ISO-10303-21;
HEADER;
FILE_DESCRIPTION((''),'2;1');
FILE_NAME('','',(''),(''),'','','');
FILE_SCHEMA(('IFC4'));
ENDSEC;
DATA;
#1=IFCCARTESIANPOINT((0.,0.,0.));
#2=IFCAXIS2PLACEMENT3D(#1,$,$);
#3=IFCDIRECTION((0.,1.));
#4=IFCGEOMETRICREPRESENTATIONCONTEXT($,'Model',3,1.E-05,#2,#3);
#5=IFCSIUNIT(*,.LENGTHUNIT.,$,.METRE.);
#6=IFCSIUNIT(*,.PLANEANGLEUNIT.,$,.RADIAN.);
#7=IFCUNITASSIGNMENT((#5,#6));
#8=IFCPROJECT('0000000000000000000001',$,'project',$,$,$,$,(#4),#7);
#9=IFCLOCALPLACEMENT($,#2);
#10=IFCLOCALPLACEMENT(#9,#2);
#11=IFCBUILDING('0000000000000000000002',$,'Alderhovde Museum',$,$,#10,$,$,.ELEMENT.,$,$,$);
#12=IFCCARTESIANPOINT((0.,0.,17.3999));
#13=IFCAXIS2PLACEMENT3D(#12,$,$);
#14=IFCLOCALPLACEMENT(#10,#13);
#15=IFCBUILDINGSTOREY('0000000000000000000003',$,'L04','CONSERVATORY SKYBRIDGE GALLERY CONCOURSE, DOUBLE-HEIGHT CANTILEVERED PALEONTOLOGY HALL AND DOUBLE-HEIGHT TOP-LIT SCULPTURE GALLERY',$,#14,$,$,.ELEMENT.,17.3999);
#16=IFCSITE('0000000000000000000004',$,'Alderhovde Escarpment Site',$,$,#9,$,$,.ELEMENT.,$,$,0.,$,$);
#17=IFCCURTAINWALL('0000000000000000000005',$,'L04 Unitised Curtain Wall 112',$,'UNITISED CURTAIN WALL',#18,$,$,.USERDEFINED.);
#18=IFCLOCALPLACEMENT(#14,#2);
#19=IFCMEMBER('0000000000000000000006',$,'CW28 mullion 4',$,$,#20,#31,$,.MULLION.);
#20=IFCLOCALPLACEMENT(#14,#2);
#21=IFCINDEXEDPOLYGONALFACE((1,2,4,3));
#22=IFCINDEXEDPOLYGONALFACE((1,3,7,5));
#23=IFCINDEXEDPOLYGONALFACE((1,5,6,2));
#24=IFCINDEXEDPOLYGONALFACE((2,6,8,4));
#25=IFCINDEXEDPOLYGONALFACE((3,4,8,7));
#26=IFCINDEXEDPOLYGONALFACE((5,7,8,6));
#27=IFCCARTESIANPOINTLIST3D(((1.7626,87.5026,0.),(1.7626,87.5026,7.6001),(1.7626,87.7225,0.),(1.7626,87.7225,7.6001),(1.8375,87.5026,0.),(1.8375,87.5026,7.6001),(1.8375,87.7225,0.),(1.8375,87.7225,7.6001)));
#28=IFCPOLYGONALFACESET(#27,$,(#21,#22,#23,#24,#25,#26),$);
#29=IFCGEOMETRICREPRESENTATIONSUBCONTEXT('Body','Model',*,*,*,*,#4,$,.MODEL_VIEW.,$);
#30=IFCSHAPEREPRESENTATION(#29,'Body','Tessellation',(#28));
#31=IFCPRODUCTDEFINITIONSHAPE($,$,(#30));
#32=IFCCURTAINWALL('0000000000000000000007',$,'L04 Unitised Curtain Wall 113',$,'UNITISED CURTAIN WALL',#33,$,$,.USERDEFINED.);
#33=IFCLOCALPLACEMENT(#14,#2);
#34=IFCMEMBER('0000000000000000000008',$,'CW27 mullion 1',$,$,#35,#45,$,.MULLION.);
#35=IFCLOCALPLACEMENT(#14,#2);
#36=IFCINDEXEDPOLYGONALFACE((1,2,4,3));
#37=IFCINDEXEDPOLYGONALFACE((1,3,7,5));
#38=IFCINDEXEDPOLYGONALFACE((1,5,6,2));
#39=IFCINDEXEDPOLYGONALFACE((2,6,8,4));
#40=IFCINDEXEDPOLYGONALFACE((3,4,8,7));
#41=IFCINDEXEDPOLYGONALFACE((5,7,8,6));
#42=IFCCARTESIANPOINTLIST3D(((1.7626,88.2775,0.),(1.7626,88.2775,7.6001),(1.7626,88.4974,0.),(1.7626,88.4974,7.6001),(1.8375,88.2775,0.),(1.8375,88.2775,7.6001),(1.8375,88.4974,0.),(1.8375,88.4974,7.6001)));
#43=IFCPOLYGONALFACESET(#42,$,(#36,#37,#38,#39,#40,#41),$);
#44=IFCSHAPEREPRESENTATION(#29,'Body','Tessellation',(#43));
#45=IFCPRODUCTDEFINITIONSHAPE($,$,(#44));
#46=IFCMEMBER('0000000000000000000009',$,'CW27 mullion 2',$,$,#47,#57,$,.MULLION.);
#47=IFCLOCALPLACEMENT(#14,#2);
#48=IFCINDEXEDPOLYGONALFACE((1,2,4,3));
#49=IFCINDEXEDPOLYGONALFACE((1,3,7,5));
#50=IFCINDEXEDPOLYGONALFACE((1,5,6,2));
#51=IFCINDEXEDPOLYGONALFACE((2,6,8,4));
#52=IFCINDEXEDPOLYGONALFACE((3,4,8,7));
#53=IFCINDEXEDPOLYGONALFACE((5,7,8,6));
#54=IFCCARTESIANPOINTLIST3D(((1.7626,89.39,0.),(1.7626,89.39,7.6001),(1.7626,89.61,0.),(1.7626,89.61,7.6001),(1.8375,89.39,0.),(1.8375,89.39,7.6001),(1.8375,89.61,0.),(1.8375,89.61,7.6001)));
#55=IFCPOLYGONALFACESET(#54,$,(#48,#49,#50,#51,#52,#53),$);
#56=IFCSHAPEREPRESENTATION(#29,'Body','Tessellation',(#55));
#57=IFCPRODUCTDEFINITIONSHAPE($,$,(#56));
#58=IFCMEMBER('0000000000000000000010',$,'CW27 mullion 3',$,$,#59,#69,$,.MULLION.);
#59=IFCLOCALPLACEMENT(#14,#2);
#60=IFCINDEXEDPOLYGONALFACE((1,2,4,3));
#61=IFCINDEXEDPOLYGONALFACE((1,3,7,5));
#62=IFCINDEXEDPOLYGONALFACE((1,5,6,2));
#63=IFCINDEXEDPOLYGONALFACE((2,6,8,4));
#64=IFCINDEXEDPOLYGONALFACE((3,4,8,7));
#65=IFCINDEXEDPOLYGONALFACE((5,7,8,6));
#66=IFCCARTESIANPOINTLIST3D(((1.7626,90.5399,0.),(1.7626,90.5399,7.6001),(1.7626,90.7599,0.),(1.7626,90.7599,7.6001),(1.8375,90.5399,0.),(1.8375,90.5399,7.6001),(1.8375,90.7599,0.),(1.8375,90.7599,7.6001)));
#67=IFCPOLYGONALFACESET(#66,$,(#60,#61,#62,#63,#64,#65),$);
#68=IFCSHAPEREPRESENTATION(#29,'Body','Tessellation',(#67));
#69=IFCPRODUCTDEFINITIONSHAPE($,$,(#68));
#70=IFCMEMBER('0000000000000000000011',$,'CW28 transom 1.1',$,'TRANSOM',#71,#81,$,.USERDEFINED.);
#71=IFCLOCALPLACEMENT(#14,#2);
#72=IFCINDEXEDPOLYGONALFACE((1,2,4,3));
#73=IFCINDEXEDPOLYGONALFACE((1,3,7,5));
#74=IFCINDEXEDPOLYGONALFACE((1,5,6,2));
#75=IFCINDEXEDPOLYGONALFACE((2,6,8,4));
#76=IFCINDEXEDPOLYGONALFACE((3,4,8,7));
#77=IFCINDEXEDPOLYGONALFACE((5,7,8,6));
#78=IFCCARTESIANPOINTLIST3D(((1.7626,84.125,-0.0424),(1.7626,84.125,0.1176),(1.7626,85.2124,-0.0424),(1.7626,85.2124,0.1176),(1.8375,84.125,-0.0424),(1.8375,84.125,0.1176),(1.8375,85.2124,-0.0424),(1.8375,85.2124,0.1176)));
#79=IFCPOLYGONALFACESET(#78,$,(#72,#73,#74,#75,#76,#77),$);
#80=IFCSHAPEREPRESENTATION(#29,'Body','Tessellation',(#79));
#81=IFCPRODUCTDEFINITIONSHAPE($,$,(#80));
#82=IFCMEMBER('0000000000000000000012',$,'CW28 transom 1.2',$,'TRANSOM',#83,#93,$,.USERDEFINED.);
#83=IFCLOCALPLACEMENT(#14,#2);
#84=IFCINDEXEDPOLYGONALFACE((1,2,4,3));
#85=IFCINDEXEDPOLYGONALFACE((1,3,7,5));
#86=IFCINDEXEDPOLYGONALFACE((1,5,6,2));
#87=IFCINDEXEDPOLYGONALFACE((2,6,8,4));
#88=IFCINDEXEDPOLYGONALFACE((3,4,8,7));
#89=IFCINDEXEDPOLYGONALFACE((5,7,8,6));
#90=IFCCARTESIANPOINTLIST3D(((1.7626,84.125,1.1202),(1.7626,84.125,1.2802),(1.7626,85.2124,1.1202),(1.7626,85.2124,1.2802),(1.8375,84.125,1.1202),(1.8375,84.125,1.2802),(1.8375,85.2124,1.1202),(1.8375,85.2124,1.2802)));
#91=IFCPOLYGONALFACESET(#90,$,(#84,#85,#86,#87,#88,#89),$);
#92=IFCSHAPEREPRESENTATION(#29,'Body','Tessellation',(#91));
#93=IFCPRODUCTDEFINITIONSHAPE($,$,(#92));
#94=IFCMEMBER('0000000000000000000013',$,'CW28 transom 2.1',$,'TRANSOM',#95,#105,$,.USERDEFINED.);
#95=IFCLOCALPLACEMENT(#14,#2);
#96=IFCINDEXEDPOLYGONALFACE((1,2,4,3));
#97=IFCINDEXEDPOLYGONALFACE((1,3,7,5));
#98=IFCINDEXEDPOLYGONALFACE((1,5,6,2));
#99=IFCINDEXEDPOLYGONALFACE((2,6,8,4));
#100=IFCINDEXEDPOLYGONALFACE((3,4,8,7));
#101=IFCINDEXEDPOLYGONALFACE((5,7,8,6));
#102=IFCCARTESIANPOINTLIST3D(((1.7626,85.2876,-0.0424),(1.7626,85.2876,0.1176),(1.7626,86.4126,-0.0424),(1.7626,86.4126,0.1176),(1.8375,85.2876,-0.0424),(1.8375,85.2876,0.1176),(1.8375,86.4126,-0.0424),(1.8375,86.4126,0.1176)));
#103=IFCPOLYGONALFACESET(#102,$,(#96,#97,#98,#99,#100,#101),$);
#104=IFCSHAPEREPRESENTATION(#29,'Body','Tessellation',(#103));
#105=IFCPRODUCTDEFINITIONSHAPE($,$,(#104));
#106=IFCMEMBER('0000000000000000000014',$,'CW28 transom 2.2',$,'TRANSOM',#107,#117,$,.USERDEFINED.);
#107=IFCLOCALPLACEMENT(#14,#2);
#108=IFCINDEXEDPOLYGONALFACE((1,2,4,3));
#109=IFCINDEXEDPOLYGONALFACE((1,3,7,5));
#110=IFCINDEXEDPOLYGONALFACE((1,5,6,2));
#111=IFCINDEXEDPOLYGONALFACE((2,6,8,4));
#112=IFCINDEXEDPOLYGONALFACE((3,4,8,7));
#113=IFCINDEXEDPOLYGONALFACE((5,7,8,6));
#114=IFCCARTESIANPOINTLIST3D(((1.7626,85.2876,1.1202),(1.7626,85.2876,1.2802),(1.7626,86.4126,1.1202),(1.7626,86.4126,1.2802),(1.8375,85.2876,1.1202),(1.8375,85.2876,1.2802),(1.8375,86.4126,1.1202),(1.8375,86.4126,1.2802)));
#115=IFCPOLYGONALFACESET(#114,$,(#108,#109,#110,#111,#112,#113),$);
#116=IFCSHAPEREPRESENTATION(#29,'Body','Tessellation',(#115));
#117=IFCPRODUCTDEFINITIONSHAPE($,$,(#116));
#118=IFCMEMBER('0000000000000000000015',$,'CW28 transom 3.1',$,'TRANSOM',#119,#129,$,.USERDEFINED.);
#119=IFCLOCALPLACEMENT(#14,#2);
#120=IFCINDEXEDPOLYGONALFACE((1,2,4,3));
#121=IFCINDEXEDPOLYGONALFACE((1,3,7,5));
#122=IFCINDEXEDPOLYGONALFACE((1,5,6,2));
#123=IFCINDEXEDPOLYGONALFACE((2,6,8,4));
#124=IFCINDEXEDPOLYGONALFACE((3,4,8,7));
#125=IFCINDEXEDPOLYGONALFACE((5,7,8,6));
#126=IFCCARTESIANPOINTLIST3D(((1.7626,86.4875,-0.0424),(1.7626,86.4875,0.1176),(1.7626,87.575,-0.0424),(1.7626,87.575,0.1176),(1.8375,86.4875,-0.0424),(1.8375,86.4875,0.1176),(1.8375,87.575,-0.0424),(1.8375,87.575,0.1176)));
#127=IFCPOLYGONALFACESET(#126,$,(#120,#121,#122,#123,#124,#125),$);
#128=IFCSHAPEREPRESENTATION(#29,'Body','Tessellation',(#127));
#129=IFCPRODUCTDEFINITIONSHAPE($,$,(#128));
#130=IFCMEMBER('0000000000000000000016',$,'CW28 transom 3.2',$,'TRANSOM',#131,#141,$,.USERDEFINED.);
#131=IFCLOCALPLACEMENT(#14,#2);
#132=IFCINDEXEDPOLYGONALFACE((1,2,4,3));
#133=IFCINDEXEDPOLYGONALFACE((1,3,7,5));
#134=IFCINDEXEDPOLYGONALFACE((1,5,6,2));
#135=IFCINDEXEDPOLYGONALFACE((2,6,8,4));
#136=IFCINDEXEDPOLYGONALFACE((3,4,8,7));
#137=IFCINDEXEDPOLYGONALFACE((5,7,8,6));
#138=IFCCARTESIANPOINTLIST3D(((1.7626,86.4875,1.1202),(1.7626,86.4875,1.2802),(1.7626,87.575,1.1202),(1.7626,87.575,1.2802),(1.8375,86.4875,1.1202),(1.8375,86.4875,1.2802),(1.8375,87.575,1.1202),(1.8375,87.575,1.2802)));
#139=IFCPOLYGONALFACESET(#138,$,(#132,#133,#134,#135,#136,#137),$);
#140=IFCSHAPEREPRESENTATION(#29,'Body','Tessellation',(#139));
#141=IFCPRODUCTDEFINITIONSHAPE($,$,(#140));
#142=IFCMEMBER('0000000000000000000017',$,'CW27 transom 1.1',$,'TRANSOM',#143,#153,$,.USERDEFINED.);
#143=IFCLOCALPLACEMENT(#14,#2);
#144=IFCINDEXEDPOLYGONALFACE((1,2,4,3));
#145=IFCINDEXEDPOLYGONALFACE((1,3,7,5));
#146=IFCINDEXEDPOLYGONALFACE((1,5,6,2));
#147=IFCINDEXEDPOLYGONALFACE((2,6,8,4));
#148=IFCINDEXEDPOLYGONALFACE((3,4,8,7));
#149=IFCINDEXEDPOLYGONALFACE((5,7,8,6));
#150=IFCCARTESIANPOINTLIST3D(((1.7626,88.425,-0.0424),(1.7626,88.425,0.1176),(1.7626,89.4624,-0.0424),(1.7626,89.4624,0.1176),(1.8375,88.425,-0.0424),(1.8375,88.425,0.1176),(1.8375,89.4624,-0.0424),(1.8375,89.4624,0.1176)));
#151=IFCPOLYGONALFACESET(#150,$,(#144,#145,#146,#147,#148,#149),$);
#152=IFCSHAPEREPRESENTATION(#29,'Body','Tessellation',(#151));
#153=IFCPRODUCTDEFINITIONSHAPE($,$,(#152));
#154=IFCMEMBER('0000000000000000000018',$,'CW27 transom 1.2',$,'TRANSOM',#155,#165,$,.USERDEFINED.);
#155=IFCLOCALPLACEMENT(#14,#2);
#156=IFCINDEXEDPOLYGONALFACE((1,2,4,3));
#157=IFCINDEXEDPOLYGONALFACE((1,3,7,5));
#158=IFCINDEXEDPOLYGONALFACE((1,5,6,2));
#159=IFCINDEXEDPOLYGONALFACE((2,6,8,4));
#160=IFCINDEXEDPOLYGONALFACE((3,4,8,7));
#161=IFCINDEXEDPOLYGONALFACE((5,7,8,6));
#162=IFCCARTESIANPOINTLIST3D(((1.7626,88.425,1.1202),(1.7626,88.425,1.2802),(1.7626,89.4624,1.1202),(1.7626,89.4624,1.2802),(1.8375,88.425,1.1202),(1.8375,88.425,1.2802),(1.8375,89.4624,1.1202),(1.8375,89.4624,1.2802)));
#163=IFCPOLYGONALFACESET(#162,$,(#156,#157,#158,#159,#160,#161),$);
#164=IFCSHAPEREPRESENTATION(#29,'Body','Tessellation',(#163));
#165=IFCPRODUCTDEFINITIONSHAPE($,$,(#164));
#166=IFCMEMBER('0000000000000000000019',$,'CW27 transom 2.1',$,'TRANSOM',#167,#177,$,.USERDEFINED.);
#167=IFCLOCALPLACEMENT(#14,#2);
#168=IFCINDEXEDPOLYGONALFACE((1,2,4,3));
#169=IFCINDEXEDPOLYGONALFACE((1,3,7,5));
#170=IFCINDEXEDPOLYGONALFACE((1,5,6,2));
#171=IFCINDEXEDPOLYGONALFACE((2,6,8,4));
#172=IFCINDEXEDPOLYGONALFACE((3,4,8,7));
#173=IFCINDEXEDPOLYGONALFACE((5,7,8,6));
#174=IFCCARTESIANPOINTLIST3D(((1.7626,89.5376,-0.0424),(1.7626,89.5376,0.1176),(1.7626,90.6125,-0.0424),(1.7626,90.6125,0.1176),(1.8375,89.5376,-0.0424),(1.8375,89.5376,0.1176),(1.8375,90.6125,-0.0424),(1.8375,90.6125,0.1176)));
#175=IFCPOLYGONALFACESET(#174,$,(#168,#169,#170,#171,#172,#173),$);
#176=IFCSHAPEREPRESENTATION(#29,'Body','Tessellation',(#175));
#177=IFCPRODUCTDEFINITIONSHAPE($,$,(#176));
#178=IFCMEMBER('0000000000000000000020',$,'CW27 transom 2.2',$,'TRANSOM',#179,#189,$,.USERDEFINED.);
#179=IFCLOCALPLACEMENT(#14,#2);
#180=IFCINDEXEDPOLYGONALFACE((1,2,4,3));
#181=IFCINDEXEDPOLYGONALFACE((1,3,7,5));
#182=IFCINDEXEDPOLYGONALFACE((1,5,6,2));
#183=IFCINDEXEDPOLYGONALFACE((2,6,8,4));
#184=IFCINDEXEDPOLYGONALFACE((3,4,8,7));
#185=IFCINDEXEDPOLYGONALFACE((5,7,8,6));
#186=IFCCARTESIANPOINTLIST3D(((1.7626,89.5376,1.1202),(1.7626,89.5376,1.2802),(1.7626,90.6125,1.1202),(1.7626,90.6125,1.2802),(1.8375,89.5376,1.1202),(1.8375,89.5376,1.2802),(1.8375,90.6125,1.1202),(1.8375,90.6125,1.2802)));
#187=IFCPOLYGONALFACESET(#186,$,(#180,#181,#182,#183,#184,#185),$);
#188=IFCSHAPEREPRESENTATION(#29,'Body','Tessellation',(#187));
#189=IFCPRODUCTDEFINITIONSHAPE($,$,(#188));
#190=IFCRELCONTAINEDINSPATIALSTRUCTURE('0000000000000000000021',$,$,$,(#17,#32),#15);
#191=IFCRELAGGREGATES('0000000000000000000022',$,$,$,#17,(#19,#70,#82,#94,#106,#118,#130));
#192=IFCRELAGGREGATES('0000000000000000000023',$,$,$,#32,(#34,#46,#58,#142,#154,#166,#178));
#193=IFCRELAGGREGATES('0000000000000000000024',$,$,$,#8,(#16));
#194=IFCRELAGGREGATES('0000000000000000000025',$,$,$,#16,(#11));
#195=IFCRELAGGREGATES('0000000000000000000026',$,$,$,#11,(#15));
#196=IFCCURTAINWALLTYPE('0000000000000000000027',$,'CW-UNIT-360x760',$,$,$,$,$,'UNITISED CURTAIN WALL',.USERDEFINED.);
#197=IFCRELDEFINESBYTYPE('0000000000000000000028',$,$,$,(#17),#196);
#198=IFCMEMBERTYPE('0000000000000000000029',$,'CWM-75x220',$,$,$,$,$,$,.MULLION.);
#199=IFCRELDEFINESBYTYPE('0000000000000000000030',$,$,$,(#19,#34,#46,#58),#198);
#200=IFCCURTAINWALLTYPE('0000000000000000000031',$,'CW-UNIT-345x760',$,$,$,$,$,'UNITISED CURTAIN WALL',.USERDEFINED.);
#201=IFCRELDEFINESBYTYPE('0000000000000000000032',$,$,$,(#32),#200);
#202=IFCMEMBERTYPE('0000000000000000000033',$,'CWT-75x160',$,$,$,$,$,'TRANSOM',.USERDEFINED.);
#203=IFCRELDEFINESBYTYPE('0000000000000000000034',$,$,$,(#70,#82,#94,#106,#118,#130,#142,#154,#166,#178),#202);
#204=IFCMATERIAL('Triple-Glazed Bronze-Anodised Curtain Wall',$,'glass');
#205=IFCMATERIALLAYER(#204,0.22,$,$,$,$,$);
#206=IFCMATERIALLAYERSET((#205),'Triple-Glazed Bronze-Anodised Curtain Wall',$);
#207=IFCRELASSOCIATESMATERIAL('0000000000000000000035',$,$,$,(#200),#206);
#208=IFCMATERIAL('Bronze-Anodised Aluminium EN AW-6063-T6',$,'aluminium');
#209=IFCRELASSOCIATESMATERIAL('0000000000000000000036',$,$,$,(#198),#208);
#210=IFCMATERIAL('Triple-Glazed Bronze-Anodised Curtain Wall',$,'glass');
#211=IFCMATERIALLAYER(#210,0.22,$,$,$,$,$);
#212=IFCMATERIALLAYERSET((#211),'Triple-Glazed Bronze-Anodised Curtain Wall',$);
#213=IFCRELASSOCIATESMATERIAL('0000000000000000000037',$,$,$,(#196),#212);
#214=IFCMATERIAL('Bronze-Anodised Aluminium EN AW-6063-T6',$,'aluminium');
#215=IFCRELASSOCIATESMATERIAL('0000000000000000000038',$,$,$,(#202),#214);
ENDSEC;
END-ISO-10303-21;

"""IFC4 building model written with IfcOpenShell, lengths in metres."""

from ifc_helpers import new_model, si_unit, direction, frame, origin, origin_2d, place, context, subcontext, project, spatial, rectangle, extrude, material, layer, layer_set, material_profile, profile_set, type_object, element, aggregate, save


model = new_model("IFC4")

# Units and contexts
model_context = context("Model", 3, precision=1e-05, world=origin(), true_north=direction((0.0, 1.0)))
body_context = subcontext(model_context, "Body", "Model", "MODEL_VIEW")
ifc_project = project(units=[si_unit("LENGTHUNIT", "METRE"), si_unit("PLANEANGLEUNIT", "RADIAN")], contexts=[model_context])

# Site, building, storey
site_placement = place(None, origin())
site = spatial("IfcSite", under=ifc_project, at=site_placement, Name="Alderhovde Escarpment Site", CompositionType="ELEMENT", RefElevation=0.0)
building_placement = place(site_placement, origin())
building = spatial("IfcBuilding", under=site, at=building_placement, Name="Alderhovde Museum", CompositionType="ELEMENT")
storey_placement = place(building_placement, frame((0.0, 0.0, 17.3999)))
storey = spatial("IfcBuildingStorey", under=building, at=storey_placement, Name="L04", Description="CONSERVATORY SKYBRIDGE GALLERY CONCOURSE, DOUBLE-HEIGHT CANTILEVERED PALEONTOLOGY HALL AND DOUBLE-HEIGHT TOP-LIT SCULPTURE GALLERY", CompositionType="ELEMENT", Elevation=17.3999)

# Shared definitions
ifc_material_1 = material(Name="Triple-Glazed Bronze-Anodised Curtain Wall", Category="glass")
ifc_layer_1 = layer(ifc_material_1, 0.22)
ifc_layer_set_1 = layer_set([ifc_layer_1], Name="Triple-Glazed Bronze-Anodised Curtain Wall")
curtain_wall_type_1 = type_object("IfcCurtainWallType", Name="CW-UNIT-345x760", ElementType="UNITISED CURTAIN WALL", PredefinedType="USERDEFINED", material=ifc_layer_set_1)
ifc_material_2 = material(Name="Bronze-Anodised Aluminium EN AW-6063-T6", Category="aluminium")
ifc_material_profile_1 = material_profile(ifc_material_2, rectangle(XDim=0.075, YDim=0.22, at=origin_2d()), Name="MULLION 75x220")
ifc_profile_set_1 = profile_set([ifc_material_profile_1], Name="Bronze-Anodised Aluminium EN AW-6063-T6")
member_type_1 = type_object("IfcMemberType", Name="CWM-75x220", PredefinedType="MULLION", material=ifc_profile_set_1)

# Curtain walls, members
ifc_material_3 = material(Name="Triple-Glazed Bronze-Anodised Curtain Wall", Category="glass")
ifc_layer_2 = layer(ifc_material_3, 0.22)
ifc_layer_set_2 = layer_set([ifc_layer_2], Name="Triple-Glazed Bronze-Anodised Curtain Wall")
curtain_wall_type_2 = type_object("IfcCurtainWallType", Name="CW-UNIT-360x760", ElementType="UNITISED CURTAIN WALL", PredefinedType="USERDEFINED", material=ifc_layer_set_2)
curtain_wall_1_placement = place(storey_placement, origin())
curtain_wall_1 = element("IfcCurtainWall", 1, at=curtain_wall_1_placement, inside=storey, type_object=curtain_wall_type_2, Name="L04 Unitised Curtain Wall 112", ObjectType="UNITISED CURTAIN WALL", PredefinedType="USERDEFINED")
member_1_placement = place(storey_placement, frame((1.8, 87.6125, 0.0), z_axis=(0.0, 0.0, 1.0), x_axis=(-1.0, 0.0, 0.0)))
member_1 = element("IfcMember", 2, at=member_1_placement, type_object=member_type_1, Name="CW28 mullion 4", PredefinedType="MULLION", context=body_context, shape_type="SweptSolid", body=[
    extrude(rectangle(XDim=0.075, YDim=0.22, at=origin_2d()), origin(), (0.0, 0.0, 1.0), 7.6001),
])
curtain_wall_2_placement = place(storey_placement, origin())
curtain_wall_2 = element("IfcCurtainWall", 3, at=curtain_wall_2_placement, inside=storey, type_object=curtain_wall_type_1, Name="L04 Unitised Curtain Wall 113", ObjectType="UNITISED CURTAIN WALL", PredefinedType="USERDEFINED")
member_2_placement = place(storey_placement, frame((1.8, 88.3875, 0.0), z_axis=(0.0, 0.0, 1.0), x_axis=(-1.0, 0.0, 0.0)))
member_2 = element("IfcMember", 4, at=member_2_placement, type_object=member_type_1, Name="CW27 mullion 1", PredefinedType="MULLION", context=body_context, shape_type="SweptSolid", body=[
    extrude(rectangle(XDim=0.075, YDim=0.22, at=origin_2d()), origin(), (0.0, 0.0, 1.0), 7.6001),
])
member_3_placement = place(storey_placement, frame((1.8, 89.5, 0.0), z_axis=(0.0, 0.0, 1.0), x_axis=(-1.0, 0.0, 0.0)))
member_3 = element("IfcMember", 5, at=member_3_placement, type_object=member_type_1, Name="CW27 mullion 2", PredefinedType="MULLION", context=body_context, shape_type="SweptSolid", body=[
    extrude(rectangle(XDim=0.075, YDim=0.22, at=origin_2d()), origin(), (0.0, 0.0, 1.0), 7.6001),
])
member_4_placement = place(storey_placement, frame((1.8, 90.6499, 0.0), z_axis=(0.0, 0.0, 1.0), x_axis=(-1.0, 0.0, 0.0)))
member_4 = element("IfcMember", 6, at=member_4_placement, type_object=member_type_1, Name="CW27 mullion 3", PredefinedType="MULLION", context=body_context, shape_type="SweptSolid", body=[
    extrude(rectangle(XDim=0.075, YDim=0.22, at=origin_2d()), origin(), (0.0, 0.0, 1.0), 7.6001),
])

# Members
ifc_material_4 = material(Name="Bronze-Anodised Aluminium EN AW-6063-T6", Category="aluminium")
ifc_material_profile_2 = material_profile(ifc_material_4, rectangle(XDim=0.075, YDim=0.1599, at=origin_2d()), Name="TRANSOM 75x160")
ifc_profile_set_2 = profile_set([ifc_material_profile_2], Name="Bronze-Anodised Aluminium EN AW-6063-T6")
member_type_2 = type_object("IfcMemberType", Name="CWT-75x160", ElementType="TRANSOM", PredefinedType="USERDEFINED", material=ifc_profile_set_2)
member_5_placement = place(storey_placement, frame((1.8, 84.125, 0.0376), z_axis=(0.0, 1.0, 0.0), x_axis=(-1.0, 0.0, 0.0)))
member_5 = element("IfcMember", 7, at=member_5_placement, type_object=member_type_2, Name="CW28 transom 1.1", ObjectType="TRANSOM", PredefinedType="USERDEFINED", context=body_context, shape_type="SweptSolid", body=[
    extrude(rectangle(XDim=0.075, YDim=0.1599, at=origin_2d()), origin(), (0.0, 0.0, 1.0), 1.0874),
])
member_6_placement = place(storey_placement, frame((1.8, 84.125, 1.2002), z_axis=(0.0, 1.0, 0.0), x_axis=(-1.0, 0.0, 0.0)))
member_6 = element("IfcMember", 8, at=member_6_placement, type_object=member_type_2, Name="CW28 transom 1.2", ObjectType="TRANSOM", PredefinedType="USERDEFINED", context=body_context, shape_type="SweptSolid", body=[
    extrude(rectangle(XDim=0.075, YDim=0.1599, at=origin_2d()), origin(), (0.0, 0.0, 1.0), 1.0874),
])
member_7_placement = place(storey_placement, frame((1.8, 85.2876, 0.0376), z_axis=(0.0, 1.0, 0.0), x_axis=(-1.0, 0.0, 0.0)))
member_7 = element("IfcMember", 9, at=member_7_placement, type_object=member_type_2, Name="CW28 transom 2.1", ObjectType="TRANSOM", PredefinedType="USERDEFINED", context=body_context, shape_type="SweptSolid", body=[
    extrude(rectangle(XDim=0.075, YDim=0.1599, at=origin_2d()), origin(), (0.0, 0.0, 1.0), 1.125),
])
member_8_placement = place(storey_placement, frame((1.8, 85.2876, 1.2002), z_axis=(0.0, 1.0, 0.0), x_axis=(-1.0, 0.0, 0.0)))
member_8 = element("IfcMember", 10, at=member_8_placement, type_object=member_type_2, Name="CW28 transom 2.2", ObjectType="TRANSOM", PredefinedType="USERDEFINED", context=body_context, shape_type="SweptSolid", body=[
    extrude(rectangle(XDim=0.075, YDim=0.1599, at=origin_2d()), origin(), (0.0, 0.0, 1.0), 1.125),
])
member_9_placement = place(storey_placement, frame((1.8, 86.4875, 0.0376), z_axis=(0.0, 1.0, 0.0), x_axis=(-1.0, 0.0, 0.0)))
member_9 = element("IfcMember", 11, at=member_9_placement, type_object=member_type_2, Name="CW28 transom 3.1", ObjectType="TRANSOM", PredefinedType="USERDEFINED", context=body_context, shape_type="SweptSolid", body=[
    extrude(rectangle(XDim=0.075, YDim=0.1599, at=origin_2d()), origin(), (0.0, 0.0, 1.0), 1.0874),
])
member_10_placement = place(storey_placement, frame((1.8, 86.4875, 1.2002), z_axis=(0.0, 1.0, 0.0), x_axis=(-1.0, 0.0, 0.0)))
member_10 = element("IfcMember", 12, at=member_10_placement, type_object=member_type_2, Name="CW28 transom 3.2", ObjectType="TRANSOM", PredefinedType="USERDEFINED", context=body_context, shape_type="SweptSolid", body=[
    extrude(rectangle(XDim=0.075, YDim=0.1599, at=origin_2d()), origin(), (0.0, 0.0, 1.0), 1.0874),
])
member_11_placement = place(storey_placement, frame((1.8, 88.425, 0.0376), z_axis=(0.0, 1.0, 0.0), x_axis=(-1.0, 0.0, 0.0)))
member_11 = element("IfcMember", 13, at=member_11_placement, type_object=member_type_2, Name="CW27 transom 1.1", ObjectType="TRANSOM", PredefinedType="USERDEFINED", context=body_context, shape_type="SweptSolid", body=[
    extrude(rectangle(XDim=0.075, YDim=0.1599, at=origin_2d()), origin(), (0.0, 0.0, 1.0), 1.0374),
])
member_12_placement = place(storey_placement, frame((1.8, 88.425, 1.2002), z_axis=(0.0, 1.0, 0.0), x_axis=(-1.0, 0.0, 0.0)))
member_12 = element("IfcMember", 14, at=member_12_placement, type_object=member_type_2, Name="CW27 transom 1.2", ObjectType="TRANSOM", PredefinedType="USERDEFINED", context=body_context, shape_type="SweptSolid", body=[
    extrude(rectangle(XDim=0.075, YDim=0.1599, at=origin_2d()), origin(), (0.0, 0.0, 1.0), 1.0374),
])
member_13_placement = place(storey_placement, frame((1.8, 89.5376, 0.0376), z_axis=(0.0, 1.0, 0.0), x_axis=(-1.0, 0.0, 0.0)))
member_13 = element("IfcMember", 15, at=member_13_placement, type_object=member_type_2, Name="CW27 transom 2.1", ObjectType="TRANSOM", PredefinedType="USERDEFINED", context=body_context, shape_type="SweptSolid", body=[
    extrude(rectangle(XDim=0.075, YDim=0.1599, at=origin_2d()), origin(), (0.0, 0.0, 1.0), 1.075),
])
member_14_placement = place(storey_placement, frame((1.8, 89.5376, 1.2002), z_axis=(0.0, 1.0, 0.0), x_axis=(-1.0, 0.0, 0.0)))
member_14 = element("IfcMember", 16, at=member_14_placement, type_object=member_type_2, Name="CW27 transom 2.2", ObjectType="TRANSOM", PredefinedType="USERDEFINED", context=body_context, shape_type="SweptSolid", body=[
    extrude(rectangle(XDim=0.075, YDim=0.1599, at=origin_2d()), origin(), (0.0, 0.0, 1.0), 1.075),
])

aggregate(curtain_wall_1, [member_1, member_5, member_6, member_7, member_8, member_9, member_10])
aggregate(curtain_wall_2, [member_2, member_3, member_4, member_11, member_12, member_13, member_14])

save(model, "model.ifc")
